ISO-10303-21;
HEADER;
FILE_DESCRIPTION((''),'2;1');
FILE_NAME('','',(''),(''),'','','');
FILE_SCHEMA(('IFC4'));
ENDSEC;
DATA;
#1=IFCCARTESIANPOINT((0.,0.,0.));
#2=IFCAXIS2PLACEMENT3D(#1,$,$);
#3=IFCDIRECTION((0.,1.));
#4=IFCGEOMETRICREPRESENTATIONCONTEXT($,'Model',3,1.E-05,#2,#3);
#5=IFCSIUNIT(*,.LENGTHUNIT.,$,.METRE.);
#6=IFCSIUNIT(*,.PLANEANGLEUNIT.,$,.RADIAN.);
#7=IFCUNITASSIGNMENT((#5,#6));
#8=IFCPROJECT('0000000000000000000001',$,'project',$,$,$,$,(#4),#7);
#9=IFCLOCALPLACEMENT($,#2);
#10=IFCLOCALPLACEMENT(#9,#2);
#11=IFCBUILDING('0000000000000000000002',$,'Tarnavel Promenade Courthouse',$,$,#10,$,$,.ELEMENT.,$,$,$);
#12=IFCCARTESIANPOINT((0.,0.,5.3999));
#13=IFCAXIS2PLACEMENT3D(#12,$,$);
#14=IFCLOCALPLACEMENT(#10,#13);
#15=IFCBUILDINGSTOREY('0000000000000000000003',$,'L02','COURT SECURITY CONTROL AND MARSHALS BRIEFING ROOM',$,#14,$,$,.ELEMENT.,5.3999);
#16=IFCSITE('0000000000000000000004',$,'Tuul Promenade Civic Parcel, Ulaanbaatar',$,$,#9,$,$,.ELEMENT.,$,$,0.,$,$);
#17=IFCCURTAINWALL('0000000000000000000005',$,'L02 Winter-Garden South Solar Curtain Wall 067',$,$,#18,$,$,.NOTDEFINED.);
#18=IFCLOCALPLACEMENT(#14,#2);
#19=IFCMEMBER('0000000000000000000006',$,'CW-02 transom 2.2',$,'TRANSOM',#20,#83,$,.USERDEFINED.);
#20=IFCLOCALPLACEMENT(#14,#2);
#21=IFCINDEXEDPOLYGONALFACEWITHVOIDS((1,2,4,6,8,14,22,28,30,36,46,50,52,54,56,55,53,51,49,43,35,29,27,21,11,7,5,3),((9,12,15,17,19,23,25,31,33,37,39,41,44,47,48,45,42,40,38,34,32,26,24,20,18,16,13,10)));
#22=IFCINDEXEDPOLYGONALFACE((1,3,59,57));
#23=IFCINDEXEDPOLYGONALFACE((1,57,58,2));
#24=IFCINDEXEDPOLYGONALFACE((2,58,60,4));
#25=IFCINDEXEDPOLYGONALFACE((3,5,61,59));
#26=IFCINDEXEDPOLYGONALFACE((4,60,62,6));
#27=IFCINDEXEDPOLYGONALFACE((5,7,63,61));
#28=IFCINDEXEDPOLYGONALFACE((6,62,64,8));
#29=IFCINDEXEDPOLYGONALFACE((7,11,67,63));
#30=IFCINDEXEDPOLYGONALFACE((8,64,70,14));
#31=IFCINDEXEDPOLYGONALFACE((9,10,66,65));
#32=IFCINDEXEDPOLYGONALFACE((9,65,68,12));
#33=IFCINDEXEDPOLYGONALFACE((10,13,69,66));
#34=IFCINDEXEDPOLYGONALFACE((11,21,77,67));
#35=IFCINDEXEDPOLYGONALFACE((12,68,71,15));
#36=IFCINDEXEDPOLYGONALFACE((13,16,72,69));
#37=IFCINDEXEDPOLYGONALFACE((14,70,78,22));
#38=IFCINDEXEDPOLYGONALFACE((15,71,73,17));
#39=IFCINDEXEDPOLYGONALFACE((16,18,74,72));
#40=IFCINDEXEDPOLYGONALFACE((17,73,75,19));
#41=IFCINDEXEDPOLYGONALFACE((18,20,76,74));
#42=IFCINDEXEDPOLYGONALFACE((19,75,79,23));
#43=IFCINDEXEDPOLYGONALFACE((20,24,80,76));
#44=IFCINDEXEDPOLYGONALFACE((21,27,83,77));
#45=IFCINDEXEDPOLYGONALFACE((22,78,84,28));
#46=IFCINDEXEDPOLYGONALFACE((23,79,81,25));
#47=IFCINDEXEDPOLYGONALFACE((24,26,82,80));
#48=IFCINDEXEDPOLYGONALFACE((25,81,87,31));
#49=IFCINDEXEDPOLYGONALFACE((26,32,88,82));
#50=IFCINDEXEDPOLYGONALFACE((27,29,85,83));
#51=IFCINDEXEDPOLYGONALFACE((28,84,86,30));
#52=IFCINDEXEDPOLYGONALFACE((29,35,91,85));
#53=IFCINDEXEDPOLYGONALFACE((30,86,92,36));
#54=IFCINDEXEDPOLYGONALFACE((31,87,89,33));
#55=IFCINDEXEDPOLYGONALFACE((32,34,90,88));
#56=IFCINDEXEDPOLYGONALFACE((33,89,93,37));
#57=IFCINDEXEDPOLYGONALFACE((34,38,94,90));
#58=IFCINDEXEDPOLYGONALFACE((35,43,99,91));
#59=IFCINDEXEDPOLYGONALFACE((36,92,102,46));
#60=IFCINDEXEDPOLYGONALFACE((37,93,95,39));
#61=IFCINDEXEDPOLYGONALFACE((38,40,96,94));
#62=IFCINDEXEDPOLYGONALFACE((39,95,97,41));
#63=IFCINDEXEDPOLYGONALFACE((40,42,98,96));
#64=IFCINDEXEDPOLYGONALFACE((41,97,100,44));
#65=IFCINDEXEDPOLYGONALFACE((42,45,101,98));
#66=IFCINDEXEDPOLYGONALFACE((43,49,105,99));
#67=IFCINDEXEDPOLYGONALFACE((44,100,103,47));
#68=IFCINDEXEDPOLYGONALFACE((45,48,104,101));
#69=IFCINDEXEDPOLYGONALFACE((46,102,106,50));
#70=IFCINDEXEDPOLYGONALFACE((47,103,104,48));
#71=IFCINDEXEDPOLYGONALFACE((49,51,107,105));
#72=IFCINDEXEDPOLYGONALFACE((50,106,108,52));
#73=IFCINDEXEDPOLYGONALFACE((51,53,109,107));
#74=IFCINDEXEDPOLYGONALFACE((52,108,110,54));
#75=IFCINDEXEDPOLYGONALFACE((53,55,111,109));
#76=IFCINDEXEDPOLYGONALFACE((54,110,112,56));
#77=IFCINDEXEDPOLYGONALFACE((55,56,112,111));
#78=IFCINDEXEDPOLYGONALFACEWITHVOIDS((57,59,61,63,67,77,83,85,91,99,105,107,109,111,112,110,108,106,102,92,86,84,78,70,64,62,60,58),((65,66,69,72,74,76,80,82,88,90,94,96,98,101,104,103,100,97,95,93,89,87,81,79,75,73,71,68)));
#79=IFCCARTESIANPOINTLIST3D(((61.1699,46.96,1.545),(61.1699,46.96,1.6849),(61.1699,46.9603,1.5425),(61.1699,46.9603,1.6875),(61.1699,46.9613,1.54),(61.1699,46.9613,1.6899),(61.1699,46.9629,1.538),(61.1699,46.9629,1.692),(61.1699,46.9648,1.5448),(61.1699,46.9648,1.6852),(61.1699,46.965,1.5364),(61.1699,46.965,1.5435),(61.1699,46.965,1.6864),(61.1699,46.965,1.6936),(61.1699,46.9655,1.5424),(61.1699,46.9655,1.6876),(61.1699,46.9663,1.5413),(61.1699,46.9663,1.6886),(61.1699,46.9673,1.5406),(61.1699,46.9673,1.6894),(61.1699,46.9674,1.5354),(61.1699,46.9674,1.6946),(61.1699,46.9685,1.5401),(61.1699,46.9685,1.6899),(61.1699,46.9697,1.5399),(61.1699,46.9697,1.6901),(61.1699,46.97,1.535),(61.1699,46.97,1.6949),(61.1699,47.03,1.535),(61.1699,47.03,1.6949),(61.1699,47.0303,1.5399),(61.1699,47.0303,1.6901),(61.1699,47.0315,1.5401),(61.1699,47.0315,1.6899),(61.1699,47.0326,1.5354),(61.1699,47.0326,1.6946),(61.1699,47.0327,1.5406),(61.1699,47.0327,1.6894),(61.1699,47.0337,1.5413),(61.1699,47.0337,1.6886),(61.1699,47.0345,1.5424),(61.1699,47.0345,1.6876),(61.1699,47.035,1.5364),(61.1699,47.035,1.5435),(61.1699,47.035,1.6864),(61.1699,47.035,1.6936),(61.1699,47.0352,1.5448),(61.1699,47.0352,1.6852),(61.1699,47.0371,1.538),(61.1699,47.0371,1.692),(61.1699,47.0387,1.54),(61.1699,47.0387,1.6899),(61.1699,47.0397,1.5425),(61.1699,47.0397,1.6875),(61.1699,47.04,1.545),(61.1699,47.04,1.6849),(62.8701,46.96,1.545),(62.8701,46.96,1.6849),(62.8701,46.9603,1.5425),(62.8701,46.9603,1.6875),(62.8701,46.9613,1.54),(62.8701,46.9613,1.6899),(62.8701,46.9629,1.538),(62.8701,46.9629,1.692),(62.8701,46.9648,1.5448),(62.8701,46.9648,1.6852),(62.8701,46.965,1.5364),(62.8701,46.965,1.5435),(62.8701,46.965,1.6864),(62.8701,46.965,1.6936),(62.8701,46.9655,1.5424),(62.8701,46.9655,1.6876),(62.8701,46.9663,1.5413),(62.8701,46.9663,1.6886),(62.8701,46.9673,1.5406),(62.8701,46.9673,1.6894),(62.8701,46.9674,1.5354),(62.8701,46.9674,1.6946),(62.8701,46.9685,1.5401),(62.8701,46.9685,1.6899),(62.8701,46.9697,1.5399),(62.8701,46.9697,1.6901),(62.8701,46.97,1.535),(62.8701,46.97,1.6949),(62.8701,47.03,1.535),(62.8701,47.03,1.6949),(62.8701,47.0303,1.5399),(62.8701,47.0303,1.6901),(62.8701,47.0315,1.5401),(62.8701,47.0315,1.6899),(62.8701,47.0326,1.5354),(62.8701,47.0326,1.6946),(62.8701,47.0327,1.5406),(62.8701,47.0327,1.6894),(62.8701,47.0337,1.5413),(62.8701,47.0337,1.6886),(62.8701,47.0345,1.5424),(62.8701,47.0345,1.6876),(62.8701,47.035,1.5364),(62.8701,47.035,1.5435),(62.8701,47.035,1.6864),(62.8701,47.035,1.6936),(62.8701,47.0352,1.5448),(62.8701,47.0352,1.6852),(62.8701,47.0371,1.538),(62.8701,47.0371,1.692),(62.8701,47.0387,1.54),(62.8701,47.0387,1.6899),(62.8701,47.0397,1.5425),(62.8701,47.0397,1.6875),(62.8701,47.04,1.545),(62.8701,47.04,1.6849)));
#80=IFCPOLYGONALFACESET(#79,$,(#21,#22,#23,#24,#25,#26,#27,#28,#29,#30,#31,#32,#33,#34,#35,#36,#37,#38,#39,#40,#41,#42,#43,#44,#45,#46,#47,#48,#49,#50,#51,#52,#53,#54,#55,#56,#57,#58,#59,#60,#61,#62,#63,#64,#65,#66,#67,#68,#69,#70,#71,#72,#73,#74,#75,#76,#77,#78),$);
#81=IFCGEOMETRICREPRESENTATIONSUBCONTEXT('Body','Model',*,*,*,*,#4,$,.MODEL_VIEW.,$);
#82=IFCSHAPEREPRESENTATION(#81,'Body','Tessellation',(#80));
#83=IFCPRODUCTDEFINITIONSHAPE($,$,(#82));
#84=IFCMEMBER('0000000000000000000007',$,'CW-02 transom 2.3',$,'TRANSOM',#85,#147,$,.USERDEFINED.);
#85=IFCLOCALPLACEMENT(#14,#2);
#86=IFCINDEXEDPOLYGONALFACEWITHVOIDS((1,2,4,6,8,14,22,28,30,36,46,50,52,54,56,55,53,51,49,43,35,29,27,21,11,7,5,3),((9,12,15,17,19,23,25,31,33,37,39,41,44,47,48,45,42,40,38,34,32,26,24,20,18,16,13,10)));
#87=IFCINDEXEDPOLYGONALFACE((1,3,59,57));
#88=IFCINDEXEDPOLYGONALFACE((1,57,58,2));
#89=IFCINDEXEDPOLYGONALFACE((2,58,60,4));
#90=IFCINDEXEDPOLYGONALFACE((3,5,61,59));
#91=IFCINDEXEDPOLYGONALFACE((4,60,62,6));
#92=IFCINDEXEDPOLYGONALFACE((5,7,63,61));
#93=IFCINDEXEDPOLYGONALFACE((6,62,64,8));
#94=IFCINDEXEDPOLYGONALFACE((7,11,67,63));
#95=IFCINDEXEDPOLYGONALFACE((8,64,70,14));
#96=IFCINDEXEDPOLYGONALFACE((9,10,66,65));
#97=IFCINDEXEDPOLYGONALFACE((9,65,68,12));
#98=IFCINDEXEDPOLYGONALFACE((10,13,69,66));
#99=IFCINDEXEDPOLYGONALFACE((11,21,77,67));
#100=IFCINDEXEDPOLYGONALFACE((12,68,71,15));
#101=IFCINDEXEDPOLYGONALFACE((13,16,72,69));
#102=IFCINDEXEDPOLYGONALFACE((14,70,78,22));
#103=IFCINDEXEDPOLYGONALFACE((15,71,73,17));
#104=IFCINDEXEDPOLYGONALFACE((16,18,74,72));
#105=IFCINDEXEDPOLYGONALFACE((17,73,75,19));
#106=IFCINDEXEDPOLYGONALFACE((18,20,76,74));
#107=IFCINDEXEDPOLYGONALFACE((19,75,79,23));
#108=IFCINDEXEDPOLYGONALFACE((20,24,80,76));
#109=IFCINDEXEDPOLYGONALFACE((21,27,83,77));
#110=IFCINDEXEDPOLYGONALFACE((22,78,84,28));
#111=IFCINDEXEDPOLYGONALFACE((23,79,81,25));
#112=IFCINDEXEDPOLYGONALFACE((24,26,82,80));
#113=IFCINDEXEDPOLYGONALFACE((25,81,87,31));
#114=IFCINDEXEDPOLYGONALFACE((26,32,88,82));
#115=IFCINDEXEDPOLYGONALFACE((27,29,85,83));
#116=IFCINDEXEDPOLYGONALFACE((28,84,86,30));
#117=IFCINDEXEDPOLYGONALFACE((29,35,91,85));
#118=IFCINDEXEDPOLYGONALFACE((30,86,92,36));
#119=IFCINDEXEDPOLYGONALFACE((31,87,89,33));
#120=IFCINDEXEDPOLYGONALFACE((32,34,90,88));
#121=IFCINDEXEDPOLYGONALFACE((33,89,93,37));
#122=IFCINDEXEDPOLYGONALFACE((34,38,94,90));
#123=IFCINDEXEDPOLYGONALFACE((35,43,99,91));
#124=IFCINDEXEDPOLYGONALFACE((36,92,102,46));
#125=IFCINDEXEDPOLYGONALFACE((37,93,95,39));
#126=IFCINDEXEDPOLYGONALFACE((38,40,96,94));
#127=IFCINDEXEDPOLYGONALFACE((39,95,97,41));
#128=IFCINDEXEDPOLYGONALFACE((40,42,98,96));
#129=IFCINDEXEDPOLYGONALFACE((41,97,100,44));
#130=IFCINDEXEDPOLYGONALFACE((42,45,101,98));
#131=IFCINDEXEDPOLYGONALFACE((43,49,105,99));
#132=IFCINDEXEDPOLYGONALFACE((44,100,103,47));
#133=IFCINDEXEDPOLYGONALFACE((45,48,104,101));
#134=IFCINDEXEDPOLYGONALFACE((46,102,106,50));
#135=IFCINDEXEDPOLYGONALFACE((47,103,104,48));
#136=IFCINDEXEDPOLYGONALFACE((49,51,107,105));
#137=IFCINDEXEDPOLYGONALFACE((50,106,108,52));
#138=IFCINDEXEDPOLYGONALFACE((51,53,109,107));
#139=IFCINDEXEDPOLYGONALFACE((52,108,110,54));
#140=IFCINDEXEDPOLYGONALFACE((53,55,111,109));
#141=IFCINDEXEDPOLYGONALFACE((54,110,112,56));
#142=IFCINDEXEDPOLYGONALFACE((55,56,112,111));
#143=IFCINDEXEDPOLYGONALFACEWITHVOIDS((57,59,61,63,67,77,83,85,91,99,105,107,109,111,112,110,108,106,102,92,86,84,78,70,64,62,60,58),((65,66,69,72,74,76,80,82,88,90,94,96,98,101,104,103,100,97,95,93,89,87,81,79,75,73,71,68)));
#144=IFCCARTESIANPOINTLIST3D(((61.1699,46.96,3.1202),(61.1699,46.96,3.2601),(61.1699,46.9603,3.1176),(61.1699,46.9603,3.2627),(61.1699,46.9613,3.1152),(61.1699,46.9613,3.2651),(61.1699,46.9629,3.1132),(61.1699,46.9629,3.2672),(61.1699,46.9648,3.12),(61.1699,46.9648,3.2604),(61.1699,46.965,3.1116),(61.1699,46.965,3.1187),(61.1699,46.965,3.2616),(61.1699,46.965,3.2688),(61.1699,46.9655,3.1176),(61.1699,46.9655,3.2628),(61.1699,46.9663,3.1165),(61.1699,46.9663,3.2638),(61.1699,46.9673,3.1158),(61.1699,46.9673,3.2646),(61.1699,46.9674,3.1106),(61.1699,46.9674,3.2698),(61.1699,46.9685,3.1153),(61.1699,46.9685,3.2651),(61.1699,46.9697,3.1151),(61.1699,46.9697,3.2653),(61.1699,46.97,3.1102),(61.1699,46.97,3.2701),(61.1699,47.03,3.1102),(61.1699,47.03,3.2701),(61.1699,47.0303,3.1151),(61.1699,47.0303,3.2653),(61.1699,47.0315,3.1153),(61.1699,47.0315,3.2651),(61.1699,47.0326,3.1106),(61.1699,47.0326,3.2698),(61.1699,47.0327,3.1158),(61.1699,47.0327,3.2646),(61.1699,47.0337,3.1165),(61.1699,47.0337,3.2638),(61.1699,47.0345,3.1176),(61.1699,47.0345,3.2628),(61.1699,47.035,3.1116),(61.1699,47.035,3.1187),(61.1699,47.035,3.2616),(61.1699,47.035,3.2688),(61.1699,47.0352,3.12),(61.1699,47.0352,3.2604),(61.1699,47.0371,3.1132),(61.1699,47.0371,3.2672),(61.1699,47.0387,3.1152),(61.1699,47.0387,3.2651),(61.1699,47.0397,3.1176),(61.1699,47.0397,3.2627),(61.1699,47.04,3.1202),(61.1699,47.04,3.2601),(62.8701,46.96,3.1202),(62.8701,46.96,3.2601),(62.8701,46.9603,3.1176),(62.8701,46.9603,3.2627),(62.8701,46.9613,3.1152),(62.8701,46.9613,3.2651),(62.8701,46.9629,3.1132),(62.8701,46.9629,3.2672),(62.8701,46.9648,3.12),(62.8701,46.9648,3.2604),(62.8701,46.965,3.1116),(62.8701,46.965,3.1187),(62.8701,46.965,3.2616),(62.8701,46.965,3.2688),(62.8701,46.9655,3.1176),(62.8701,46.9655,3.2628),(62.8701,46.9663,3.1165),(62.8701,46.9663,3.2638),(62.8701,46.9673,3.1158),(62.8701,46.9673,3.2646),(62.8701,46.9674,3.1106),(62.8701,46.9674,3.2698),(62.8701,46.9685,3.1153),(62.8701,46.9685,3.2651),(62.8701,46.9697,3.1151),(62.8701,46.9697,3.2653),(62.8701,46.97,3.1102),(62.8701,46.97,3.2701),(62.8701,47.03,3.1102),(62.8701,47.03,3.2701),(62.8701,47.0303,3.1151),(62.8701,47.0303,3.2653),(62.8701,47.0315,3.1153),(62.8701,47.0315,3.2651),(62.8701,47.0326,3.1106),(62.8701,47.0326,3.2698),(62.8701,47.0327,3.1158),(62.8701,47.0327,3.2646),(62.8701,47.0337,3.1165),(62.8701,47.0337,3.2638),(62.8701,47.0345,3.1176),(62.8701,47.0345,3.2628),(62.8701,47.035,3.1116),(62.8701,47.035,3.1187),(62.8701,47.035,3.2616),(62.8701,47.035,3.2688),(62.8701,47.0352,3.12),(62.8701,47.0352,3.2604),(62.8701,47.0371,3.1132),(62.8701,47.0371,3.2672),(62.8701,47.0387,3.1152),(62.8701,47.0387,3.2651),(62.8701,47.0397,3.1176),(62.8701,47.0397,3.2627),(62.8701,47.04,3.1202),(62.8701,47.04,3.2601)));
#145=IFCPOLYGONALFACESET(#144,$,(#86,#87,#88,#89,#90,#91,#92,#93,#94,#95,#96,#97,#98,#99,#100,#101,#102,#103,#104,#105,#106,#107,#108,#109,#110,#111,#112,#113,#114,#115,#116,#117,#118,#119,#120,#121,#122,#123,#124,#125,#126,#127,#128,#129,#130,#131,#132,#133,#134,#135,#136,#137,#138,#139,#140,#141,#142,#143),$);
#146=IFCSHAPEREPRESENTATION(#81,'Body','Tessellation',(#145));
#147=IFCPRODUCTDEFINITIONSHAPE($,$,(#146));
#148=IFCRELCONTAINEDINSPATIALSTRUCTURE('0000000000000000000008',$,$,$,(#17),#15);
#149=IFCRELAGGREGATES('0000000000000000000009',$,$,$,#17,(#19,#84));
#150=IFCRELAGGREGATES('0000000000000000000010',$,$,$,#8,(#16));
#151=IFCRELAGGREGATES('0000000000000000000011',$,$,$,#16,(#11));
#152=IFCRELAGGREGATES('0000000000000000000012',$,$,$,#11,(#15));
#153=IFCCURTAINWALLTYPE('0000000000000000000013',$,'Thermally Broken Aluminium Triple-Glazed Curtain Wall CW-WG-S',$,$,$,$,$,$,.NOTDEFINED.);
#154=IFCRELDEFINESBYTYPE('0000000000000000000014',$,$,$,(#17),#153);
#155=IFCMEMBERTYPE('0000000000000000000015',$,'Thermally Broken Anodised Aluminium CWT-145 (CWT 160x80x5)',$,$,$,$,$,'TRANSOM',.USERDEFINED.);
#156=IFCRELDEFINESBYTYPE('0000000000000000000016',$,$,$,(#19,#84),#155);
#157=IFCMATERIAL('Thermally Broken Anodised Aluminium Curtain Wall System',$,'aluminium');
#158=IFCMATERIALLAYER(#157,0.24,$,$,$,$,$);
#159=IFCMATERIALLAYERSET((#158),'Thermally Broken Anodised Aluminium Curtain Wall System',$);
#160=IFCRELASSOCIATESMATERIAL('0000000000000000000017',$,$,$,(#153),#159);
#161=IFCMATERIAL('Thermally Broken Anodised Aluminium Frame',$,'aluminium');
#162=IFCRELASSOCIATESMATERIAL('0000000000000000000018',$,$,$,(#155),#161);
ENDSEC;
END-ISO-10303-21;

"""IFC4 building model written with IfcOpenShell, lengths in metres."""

from ifc_helpers import new_model, si_unit, direction, frame, origin, origin_2d, place, context, subcontext, project, spatial, hollow_rectangle, extrude, material, layer, layer_set, material_profile, profile_set, type_object, element, aggregate, save


model = new_model("IFC4")

# Units and contexts
model_context = context("Model", 3, precision=1e-05, world=origin(), true_north=direction((0.0, 1.0)))
body_context = subcontext(model_context, "Body", "Model", "MODEL_VIEW")
ifc_project = project(units=[si_unit("LENGTHUNIT", "METRE"), si_unit("PLANEANGLEUNIT", "RADIAN")], contexts=[model_context])

# Site, building, storey
site_placement = place(None, origin())
site = spatial("IfcSite", under=ifc_project, at=site_placement, Name="Tuul Promenade Civic Parcel, Ulaanbaatar", CompositionType="ELEMENT", RefElevation=0.0)
building_placement = place(site_placement, origin())
building = spatial("IfcBuilding", under=site, at=building_placement, Name="Tarnavel Promenade Courthouse", CompositionType="ELEMENT")
storey_placement = place(building_placement, frame((0.0, 0.0, 5.3999)))
storey = spatial("IfcBuildingStorey", under=building, at=storey_placement, Name="L02", Description="COURT SECURITY CONTROL AND MARSHALS BRIEFING ROOM", CompositionType="ELEMENT", Elevation=5.3999)

# Curtain wall
ifc_material_1 = material(Name="Thermally Broken Anodised Aluminium Curtain Wall System", Category="aluminium")
ifc_layer_1 = layer(ifc_material_1, 0.24)
ifc_layer_set_1 = layer_set([ifc_layer_1], Name="Thermally Broken Anodised Aluminium Curtain Wall System")
curtain_wall_type = type_object("IfcCurtainWallType", Name="Thermally Broken Aluminium Triple-Glazed Curtain Wall CW-WG-S", PredefinedType="NOTDEFINED", material=ifc_layer_set_1)
ifc_material_2 = material(Name="Thermally Broken Anodised Aluminium Frame", Category="aluminium")
curtain_wall_1_placement = place(storey_placement, origin())
curtain_wall_1 = element("IfcCurtainWall", 1, at=curtain_wall_1_placement, inside=storey, type_object=curtain_wall_type, Name="L02 Winter-Garden South Solar Curtain Wall 067", PredefinedType="NOTDEFINED")

# Members
ifc_material_profile_1 = material_profile(ifc_material_2, hollow_rectangle(XDim=0.0801, YDim=0.1599, WallThickness=0.0049, InnerFilletRadius=0.0049, OuterFilletRadius=0.01, at=origin_2d()), Name="CWT 160x80x5")
ifc_profile_set_1 = profile_set([ifc_material_profile_1], Name="Thermally Broken Anodised Aluminium Frame")
member_type_1 = type_object("IfcMemberType", Name="Thermally Broken Anodised Aluminium CWT-145 (CWT 160x80x5)", ElementType="TRANSOM", PredefinedType="USERDEFINED", material=ifc_profile_set_1)
member_1_placement = place(storey_placement, frame((61.1699, 47.0, 1.615), z_axis=(1.0, 0.0, 0.0), x_axis=(0.0, 1.0, 0.0)))
member_1 = element("IfcMember", 2, at=member_1_placement, type_object=member_type_1, Name="CW-02 transom 2.2", ObjectType="TRANSOM", PredefinedType="USERDEFINED", context=body_context, shape_type="SweptSolid", body=[
    extrude(hollow_rectangle(XDim=0.0801, YDim=0.1599, WallThickness=0.0049, InnerFilletRadius=0.0049, OuterFilletRadius=0.01, at=origin_2d()), origin(), (0.0, 0.0, 1.0), 1.7002),
])
member_2_placement = place(storey_placement, frame((61.1699, 47.0, 3.1902), z_axis=(1.0, 0.0, 0.0), x_axis=(0.0, 1.0, 0.0)))
member_2 = element("IfcMember", 3, at=member_2_placement, type_object=member_type_1, Name="CW-02 transom 2.3", ObjectType="TRANSOM", PredefinedType="USERDEFINED", context=body_context, shape_type="SweptSolid", body=[
    extrude(hollow_rectangle(XDim=0.0801, YDim=0.1599, WallThickness=0.0049, InnerFilletRadius=0.0049, OuterFilletRadius=0.01, at=origin_2d()), origin(), (0.0, 0.0, 1.0), 1.7002),
])

aggregate(curtain_wall_1, [member_1, member_2])

save(model, "model.ifc")
